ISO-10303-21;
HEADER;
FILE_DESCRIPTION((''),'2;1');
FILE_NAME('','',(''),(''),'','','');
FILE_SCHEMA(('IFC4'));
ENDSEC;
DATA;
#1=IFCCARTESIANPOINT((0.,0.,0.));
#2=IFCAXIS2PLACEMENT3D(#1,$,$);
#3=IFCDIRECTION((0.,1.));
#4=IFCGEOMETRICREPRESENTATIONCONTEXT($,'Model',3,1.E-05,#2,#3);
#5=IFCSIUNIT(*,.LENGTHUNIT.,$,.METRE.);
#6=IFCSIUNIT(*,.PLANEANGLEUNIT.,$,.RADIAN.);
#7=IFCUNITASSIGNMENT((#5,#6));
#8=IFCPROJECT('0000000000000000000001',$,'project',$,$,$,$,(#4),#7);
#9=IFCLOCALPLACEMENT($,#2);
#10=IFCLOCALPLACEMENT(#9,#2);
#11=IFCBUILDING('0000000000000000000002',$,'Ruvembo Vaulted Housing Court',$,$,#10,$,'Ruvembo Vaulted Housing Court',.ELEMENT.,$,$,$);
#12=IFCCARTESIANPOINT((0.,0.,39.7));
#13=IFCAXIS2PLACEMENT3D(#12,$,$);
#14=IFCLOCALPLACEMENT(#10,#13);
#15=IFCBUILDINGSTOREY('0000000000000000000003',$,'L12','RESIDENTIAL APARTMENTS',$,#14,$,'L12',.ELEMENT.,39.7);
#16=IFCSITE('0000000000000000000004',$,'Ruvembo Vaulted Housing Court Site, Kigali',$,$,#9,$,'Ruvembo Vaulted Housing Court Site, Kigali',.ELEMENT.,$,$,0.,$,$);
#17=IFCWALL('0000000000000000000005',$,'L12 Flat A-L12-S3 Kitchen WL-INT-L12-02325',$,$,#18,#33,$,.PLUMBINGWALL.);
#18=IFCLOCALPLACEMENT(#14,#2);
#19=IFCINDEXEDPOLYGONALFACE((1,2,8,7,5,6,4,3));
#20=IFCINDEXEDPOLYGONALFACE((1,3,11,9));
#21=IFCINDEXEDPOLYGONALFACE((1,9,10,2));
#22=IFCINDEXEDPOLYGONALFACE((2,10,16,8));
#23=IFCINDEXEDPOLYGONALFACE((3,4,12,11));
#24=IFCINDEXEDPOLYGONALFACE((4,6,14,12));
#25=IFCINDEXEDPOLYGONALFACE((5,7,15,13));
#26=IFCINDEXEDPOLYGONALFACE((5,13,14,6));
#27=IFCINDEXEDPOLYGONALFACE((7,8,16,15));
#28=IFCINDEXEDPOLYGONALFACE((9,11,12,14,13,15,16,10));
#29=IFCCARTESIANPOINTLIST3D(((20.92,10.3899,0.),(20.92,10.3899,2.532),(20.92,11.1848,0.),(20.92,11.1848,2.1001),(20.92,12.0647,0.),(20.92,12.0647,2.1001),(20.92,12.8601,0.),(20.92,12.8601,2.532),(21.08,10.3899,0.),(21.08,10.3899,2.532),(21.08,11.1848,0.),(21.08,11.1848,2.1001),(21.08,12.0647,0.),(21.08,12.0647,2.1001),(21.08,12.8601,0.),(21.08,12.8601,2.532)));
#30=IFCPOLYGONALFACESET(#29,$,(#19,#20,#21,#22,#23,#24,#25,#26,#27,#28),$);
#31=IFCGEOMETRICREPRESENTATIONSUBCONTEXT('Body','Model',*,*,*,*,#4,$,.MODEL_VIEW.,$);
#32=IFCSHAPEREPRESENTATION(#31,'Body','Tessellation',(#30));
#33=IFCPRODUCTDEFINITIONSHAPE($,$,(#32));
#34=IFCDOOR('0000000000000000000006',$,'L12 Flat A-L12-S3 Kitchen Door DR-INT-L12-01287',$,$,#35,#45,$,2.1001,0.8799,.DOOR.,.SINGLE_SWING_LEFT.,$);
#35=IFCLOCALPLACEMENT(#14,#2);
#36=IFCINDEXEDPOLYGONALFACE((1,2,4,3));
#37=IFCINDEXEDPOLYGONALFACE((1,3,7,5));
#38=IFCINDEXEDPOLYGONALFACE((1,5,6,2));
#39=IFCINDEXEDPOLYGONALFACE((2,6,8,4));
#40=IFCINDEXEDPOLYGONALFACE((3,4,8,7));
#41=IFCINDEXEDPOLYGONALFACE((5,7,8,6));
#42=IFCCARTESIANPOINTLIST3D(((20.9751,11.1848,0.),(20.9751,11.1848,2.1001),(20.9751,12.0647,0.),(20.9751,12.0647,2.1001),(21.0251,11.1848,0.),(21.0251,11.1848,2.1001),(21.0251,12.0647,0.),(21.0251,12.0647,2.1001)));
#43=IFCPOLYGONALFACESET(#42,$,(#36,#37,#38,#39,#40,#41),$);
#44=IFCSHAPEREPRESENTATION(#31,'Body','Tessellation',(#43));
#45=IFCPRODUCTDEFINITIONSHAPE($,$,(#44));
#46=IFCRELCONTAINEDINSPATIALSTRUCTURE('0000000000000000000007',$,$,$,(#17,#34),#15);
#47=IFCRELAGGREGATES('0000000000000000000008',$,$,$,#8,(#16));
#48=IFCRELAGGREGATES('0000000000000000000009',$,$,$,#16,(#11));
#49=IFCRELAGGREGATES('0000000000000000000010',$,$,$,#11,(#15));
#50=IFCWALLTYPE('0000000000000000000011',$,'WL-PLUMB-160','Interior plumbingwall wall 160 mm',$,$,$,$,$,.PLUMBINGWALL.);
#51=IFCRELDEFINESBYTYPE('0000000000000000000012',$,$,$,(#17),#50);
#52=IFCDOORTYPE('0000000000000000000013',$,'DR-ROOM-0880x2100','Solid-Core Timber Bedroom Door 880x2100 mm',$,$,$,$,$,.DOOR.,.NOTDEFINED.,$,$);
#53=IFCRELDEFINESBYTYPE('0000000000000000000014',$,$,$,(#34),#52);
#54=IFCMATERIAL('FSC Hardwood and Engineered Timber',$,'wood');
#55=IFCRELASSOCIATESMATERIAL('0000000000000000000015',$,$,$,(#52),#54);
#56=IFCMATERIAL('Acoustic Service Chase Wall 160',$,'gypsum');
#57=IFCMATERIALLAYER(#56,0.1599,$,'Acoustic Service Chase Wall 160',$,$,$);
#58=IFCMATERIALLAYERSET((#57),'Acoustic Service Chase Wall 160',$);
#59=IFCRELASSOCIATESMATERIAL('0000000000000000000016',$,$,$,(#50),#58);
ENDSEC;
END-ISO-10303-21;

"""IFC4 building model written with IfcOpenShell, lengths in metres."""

from ifc_helpers import new_model, si_unit, direction, frame, frame_2d, origin, place, context, subcontext, project, spatial, rectangle, extrude, material, layer, layer_set, type_object, element, fill, save


model = new_model("IFC4")

# Units and contexts
model_context = context("Model", 3, precision=1e-05, world=origin(), true_north=direction((0.0, 1.0)))
body_context = subcontext(model_context, "Body", "Model", "MODEL_VIEW")
ifc_project = project(units=[si_unit("LENGTHUNIT", "METRE"), si_unit("PLANEANGLEUNIT", "RADIAN")], contexts=[model_context])

# Site, building, storey
site_placement = place(None, origin())
site = spatial("IfcSite", under=ifc_project, at=site_placement, Name="Ruvembo Vaulted Housing Court Site, Kigali", LongName="Ruvembo Vaulted Housing Court Site, Kigali", CompositionType="ELEMENT", RefElevation=0.0)
building_placement = place(site_placement, origin())
building = spatial("IfcBuilding", under=site, at=building_placement, Name="Ruvembo Vaulted Housing Court", LongName="Ruvembo Vaulted Housing Court", CompositionType="ELEMENT")
storey_placement = place(building_placement, frame((0.0, 0.0, 39.7)))
storey = spatial("IfcBuildingStorey", under=building, at=storey_placement, Name="L12", Description="RESIDENTIAL APARTMENTS", LongName="L12", CompositionType="ELEMENT", Elevation=39.7)

# Wall, opening, door
ifc_material_1 = material(Name="FSC Hardwood and Engineered Timber", Category="wood")
door_type_1 = type_object("IfcDoorType", Name="DR-ROOM-0880x2100", Description="Solid-Core Timber Bedroom Door 880x2100 mm", OperationType="NOTDEFINED", PredefinedType="DOOR", material=ifc_material_1)
ifc_material_2 = material(Name="Acoustic Service Chase Wall 160", Category="gypsum")
ifc_layer_1 = layer(ifc_material_2, 0.1599, Name="Acoustic Service Chase Wall 160")
ifc_layer_set_1 = layer_set([ifc_layer_1], Name="Acoustic Service Chase Wall 160")
wall_type_1 = type_object("IfcWallType", Name="WL-PLUMB-160", Description="Interior plumbingwall wall 160 mm", PredefinedType="PLUMBINGWALL", material=ifc_layer_set_1)
wall_1_placement = place(storey_placement, frame((21.0, 10.3899, 0.0), z_axis=(0.0, 0.0, 1.0), x_axis=(0.0, 1.0, 0.0)))
wall_1 = element("IfcWall", 1, at=wall_1_placement, inside=storey, type_object=wall_type_1, Name="L12 Flat A-L12-S3 Kitchen WL-INT-L12-02325", PredefinedType="PLUMBINGWALL", context=body_context, shape_type="SweptSolid", body=[
    extrude(rectangle(XDim=2.4702, YDim=0.1599, at=frame_2d((1.2351, 0.0))), origin(), (0.0, 0.0, 1.0), 2.532),
])
opening_1_placement = place(wall_1_placement, frame((0.7949, 0.0, 0.0)))
opening_1 = element("IfcOpeningElement", 2, at=opening_1_placement, cuts=wall_1, PredefinedType="OPENING", context=body_context, shape_type="SweptSolid", body=[
    extrude(rectangle(XDim=0.8799, YDim=2.1001, at=frame_2d((0.4399, 1.05))), frame((0.0, 0.0898, 0.0), z_axis=(0.0, -1.0, 0.0), x_axis=(1.0, 0.0, 0.0)), (0.0, 0.0, 1.0), 0.1799),
])
door_1_placement = place(opening_1_placement, origin())
door_1 = element("IfcDoor", 3, at=door_1_placement, inside=storey, type_object=door_type_1, Name="L12 Flat A-L12-S3 Kitchen Door DR-INT-L12-01287", OperationType="SINGLE_SWING_LEFT", OverallHeight=2.1001, OverallWidth=0.8799, PredefinedType="DOOR", context=body_context, shape_type="SweptSolid", body=[
    extrude(rectangle(XDim=0.8799, YDim=2.1001, at=frame_2d((0.4399, 1.05))), frame((0.0, 0.0249, 0.0), z_axis=(0.0, -1.0, 0.0), x_axis=(1.0, 0.0, 0.0)), (0.0, 0.0, 1.0), 0.05),
])
fill(opening_1, door_1)

save(model, "model.ifc")
